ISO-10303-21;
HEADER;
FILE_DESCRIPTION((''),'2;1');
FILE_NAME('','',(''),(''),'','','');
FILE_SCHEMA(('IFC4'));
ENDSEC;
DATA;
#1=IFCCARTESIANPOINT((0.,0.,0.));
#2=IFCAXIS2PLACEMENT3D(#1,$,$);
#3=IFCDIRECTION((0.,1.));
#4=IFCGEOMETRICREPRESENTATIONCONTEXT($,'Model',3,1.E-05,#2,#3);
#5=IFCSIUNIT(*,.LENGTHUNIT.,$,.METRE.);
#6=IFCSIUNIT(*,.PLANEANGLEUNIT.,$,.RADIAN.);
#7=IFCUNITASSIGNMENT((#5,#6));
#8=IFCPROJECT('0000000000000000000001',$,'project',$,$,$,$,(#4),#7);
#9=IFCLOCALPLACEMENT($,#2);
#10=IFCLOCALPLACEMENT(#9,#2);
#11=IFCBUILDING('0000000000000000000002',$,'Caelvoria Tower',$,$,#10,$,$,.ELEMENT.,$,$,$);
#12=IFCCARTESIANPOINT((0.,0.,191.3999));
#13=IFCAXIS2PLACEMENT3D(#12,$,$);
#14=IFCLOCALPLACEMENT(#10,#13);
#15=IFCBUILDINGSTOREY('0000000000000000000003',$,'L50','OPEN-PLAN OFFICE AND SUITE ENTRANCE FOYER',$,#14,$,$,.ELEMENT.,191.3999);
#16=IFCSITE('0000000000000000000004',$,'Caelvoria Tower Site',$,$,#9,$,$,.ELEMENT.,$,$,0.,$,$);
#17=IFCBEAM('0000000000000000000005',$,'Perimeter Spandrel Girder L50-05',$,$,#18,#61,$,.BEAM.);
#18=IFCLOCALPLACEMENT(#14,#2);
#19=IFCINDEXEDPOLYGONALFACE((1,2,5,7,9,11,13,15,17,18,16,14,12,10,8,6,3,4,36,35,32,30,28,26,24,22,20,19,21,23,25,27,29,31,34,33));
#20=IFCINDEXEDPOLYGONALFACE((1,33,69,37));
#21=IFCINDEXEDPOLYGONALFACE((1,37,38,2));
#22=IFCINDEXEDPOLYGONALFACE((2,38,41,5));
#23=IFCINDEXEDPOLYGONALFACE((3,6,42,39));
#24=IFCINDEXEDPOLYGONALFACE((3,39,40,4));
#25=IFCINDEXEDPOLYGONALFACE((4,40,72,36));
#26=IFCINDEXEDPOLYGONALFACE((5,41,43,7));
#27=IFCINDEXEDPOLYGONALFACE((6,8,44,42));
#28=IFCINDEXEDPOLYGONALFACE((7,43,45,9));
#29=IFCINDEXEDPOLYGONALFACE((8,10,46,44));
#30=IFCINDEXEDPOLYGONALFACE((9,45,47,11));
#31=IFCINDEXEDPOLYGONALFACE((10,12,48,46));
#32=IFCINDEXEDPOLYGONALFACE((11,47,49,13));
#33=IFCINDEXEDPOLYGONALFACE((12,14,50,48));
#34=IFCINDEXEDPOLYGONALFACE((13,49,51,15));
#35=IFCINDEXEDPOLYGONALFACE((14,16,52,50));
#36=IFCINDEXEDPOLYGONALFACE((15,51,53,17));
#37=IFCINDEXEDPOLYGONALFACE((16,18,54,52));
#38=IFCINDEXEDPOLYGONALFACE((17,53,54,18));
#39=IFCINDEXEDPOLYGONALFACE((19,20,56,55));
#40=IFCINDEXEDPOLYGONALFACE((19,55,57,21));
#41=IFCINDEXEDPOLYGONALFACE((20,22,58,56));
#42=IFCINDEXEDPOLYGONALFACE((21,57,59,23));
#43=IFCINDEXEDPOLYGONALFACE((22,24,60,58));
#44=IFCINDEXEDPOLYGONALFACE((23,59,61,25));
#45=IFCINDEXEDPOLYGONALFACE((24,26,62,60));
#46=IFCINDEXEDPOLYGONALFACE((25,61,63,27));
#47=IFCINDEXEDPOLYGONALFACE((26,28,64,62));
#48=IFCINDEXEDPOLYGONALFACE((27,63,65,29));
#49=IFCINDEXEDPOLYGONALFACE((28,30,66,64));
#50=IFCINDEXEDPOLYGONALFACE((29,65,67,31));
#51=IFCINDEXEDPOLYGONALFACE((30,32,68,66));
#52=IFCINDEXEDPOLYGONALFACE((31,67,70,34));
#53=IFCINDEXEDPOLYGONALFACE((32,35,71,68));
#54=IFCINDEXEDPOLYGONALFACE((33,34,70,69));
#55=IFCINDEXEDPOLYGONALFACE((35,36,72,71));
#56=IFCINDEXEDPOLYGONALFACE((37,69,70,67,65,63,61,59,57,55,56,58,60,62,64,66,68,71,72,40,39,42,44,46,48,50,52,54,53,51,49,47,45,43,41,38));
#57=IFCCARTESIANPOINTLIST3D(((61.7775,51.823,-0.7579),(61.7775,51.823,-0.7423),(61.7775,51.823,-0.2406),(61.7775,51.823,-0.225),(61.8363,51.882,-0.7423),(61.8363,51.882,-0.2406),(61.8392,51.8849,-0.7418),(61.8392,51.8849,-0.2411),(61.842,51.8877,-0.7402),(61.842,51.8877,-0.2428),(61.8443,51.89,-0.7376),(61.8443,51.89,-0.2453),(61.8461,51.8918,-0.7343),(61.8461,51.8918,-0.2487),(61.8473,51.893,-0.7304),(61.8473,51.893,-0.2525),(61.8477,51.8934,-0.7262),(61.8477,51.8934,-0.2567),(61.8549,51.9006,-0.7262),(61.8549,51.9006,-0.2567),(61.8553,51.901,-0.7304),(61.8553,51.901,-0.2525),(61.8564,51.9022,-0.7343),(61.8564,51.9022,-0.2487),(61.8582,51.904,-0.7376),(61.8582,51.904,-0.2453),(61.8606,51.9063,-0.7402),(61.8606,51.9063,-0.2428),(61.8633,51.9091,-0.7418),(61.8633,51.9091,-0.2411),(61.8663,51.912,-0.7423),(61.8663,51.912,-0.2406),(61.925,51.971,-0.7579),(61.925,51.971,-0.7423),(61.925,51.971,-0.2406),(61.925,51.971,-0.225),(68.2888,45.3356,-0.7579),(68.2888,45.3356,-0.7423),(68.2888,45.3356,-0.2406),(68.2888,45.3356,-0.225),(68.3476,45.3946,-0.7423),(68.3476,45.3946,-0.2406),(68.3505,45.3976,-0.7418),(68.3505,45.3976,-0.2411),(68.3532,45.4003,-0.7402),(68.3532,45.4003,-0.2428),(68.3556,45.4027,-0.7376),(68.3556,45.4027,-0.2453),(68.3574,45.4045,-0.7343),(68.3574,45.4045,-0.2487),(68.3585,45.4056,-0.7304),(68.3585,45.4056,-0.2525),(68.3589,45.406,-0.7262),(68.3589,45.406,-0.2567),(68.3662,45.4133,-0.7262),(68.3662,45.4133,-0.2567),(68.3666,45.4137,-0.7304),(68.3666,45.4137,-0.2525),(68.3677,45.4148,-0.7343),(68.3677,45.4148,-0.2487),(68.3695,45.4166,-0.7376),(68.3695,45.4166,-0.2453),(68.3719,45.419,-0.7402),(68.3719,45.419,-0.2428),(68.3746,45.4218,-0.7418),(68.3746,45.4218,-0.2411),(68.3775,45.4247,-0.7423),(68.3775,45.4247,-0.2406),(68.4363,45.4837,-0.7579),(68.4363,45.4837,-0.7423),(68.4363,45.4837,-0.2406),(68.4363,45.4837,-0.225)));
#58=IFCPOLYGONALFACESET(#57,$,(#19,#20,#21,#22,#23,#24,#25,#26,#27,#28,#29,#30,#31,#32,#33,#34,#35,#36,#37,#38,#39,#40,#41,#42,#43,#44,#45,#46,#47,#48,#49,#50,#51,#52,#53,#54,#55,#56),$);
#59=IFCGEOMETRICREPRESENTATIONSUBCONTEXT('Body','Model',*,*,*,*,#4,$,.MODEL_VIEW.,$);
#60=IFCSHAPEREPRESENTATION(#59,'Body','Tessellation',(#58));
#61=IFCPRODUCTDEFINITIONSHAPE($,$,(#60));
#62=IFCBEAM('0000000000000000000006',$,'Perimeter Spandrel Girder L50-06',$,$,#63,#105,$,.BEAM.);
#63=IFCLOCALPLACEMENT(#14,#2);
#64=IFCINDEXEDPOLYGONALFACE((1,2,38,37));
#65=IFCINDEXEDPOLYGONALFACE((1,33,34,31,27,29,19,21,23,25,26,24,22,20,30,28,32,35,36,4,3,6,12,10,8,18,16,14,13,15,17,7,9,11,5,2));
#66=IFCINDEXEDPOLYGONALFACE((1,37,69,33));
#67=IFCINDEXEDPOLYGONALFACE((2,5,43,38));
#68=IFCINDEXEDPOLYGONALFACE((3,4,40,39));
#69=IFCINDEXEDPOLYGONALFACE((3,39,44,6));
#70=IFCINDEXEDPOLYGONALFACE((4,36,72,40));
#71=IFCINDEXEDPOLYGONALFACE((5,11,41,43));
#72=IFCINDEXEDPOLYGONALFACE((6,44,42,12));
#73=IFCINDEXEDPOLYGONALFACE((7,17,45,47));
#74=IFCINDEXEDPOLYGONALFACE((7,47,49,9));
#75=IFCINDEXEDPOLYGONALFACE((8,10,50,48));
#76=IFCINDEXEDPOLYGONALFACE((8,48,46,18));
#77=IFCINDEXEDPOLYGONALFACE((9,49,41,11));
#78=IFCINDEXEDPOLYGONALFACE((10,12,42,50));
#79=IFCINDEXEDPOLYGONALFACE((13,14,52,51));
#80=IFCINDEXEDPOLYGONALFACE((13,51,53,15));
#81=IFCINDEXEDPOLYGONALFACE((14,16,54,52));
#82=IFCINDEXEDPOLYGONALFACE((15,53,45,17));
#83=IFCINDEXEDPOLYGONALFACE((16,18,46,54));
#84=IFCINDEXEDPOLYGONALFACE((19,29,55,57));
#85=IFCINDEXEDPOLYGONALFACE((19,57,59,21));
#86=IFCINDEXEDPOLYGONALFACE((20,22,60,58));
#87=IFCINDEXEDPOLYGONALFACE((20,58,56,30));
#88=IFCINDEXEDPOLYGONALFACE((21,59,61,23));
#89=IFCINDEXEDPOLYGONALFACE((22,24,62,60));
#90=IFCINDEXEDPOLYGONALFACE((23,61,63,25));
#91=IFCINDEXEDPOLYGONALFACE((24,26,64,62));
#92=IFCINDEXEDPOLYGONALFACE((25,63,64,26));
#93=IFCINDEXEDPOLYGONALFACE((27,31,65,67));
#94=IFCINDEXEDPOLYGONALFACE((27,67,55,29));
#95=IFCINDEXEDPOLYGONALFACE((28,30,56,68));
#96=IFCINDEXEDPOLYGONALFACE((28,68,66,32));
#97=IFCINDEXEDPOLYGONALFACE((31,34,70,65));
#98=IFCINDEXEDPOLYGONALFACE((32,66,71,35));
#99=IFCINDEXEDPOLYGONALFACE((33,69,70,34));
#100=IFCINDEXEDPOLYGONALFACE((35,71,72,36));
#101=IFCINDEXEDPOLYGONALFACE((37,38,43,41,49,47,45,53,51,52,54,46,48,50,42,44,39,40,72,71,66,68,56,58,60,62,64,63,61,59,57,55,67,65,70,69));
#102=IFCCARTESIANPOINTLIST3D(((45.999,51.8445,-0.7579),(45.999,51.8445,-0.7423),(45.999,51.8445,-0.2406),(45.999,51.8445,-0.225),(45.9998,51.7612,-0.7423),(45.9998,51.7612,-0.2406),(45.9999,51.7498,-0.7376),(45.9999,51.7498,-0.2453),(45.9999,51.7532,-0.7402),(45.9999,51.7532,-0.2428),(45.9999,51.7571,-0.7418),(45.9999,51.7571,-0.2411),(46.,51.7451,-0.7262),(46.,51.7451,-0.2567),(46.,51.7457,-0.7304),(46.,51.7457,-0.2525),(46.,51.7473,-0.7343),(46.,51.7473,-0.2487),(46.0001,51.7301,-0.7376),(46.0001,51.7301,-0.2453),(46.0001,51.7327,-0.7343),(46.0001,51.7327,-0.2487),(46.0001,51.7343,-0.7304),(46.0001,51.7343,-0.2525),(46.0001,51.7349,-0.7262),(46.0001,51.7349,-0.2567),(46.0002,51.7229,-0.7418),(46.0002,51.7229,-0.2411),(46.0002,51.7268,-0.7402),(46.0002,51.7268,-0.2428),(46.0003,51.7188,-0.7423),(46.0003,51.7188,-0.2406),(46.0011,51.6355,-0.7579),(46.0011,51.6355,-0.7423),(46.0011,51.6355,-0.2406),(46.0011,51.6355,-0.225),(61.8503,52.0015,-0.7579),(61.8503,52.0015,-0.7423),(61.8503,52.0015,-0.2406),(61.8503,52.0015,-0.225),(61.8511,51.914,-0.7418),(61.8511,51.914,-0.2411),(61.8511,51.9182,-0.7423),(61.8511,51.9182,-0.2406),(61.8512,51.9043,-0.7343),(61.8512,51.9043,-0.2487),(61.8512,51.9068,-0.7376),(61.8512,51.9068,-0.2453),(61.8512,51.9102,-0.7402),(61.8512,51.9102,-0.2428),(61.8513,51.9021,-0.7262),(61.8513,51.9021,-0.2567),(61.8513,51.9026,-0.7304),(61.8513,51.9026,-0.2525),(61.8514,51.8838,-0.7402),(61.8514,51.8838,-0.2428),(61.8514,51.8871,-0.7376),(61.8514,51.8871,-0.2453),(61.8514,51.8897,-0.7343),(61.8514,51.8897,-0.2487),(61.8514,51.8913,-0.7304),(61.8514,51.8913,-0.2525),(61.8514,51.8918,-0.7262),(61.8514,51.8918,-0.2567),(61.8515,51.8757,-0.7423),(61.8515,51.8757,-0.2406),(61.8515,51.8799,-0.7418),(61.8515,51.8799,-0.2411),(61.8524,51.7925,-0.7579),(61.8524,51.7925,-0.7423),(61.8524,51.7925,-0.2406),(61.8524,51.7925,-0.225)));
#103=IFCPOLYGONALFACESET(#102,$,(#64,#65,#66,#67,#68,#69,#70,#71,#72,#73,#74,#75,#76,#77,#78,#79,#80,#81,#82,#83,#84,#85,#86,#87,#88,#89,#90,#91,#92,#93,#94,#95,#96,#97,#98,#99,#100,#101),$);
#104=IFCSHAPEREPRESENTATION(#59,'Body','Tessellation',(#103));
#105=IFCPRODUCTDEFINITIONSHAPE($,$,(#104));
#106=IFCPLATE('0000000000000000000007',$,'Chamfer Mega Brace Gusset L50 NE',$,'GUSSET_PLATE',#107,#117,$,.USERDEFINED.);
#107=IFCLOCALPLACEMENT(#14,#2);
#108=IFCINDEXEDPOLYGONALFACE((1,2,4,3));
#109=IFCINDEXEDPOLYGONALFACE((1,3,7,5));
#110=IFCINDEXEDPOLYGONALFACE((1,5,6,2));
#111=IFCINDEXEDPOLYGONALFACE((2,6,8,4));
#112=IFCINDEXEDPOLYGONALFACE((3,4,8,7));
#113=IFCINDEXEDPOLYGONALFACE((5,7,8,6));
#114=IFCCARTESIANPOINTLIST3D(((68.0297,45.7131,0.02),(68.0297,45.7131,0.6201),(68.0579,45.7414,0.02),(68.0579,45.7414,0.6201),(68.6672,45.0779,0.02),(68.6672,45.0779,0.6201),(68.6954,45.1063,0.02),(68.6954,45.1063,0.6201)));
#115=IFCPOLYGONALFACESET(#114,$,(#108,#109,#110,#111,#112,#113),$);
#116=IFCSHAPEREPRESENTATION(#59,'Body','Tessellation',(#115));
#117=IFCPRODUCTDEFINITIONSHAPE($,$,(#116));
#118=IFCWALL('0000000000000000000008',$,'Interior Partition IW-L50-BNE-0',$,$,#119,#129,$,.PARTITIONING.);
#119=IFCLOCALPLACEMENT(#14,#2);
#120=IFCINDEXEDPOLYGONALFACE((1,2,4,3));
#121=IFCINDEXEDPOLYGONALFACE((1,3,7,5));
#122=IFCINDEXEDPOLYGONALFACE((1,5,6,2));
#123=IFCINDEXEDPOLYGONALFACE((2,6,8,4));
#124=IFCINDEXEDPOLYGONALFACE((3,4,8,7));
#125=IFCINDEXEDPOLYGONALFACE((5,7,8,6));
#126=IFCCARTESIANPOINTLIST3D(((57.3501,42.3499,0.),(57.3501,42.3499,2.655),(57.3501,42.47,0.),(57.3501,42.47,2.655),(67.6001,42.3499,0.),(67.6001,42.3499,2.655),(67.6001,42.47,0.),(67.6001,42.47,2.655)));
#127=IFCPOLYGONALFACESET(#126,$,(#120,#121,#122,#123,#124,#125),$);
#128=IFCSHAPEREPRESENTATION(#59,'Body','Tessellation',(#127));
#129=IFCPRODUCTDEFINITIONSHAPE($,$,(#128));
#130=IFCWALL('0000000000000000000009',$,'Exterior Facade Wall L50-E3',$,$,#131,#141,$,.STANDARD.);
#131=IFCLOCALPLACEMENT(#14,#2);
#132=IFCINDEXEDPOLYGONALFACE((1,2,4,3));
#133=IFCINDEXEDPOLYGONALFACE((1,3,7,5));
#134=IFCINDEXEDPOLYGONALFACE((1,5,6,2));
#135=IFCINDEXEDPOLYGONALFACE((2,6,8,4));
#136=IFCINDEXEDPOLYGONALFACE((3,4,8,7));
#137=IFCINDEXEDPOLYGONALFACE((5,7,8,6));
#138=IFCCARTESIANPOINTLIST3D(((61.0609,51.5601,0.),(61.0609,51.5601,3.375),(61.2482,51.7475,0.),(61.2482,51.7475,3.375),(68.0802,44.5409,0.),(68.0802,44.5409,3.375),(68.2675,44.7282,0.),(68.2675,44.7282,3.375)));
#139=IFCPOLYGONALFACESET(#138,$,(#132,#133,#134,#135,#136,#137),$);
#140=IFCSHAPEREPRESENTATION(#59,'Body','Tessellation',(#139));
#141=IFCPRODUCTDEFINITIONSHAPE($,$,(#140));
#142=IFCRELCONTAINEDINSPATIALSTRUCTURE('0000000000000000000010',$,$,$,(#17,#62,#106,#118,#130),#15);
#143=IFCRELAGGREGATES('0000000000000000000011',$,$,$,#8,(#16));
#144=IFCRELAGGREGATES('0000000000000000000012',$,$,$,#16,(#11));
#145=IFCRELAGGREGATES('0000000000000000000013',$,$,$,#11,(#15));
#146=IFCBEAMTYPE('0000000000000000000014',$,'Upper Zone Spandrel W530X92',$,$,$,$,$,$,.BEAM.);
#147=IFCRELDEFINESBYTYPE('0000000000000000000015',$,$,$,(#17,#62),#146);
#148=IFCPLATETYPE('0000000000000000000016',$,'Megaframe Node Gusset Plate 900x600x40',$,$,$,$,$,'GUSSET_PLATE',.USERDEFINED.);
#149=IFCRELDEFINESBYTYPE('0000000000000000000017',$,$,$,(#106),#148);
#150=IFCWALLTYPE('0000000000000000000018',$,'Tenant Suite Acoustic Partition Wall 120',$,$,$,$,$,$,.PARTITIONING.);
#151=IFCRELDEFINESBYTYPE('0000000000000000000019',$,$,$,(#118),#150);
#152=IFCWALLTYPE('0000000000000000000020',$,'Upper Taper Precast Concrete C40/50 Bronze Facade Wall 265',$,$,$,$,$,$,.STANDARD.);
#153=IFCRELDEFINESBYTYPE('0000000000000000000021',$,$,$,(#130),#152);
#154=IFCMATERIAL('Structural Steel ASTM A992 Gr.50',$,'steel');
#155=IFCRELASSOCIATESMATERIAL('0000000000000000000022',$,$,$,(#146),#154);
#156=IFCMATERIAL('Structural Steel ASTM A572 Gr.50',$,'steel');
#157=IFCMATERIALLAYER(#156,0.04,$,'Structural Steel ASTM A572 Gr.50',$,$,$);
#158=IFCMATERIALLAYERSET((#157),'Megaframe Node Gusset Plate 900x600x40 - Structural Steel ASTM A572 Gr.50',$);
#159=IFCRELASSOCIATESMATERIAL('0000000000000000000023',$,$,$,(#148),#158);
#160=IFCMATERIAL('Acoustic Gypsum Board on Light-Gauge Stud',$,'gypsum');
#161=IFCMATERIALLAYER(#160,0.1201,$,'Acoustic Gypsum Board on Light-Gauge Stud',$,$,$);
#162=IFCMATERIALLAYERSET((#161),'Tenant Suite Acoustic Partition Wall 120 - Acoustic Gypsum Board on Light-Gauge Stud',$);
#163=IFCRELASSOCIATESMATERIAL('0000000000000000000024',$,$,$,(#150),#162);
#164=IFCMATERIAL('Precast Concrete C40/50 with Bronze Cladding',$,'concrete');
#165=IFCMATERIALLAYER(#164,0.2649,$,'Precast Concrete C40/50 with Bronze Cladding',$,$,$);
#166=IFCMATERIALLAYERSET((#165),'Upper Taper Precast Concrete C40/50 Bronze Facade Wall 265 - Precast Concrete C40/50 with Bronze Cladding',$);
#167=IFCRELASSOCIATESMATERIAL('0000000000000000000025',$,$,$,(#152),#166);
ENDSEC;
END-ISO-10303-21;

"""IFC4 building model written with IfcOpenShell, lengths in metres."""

from ifc_helpers import new_model, si_unit, direction, frame, frame_2d, origin, origin_2d, place, context, subcontext, project, spatial, rectangle, i_section, extrude, material, layer, layer_set, material_profile, profile_set, type_object, element, save


model = new_model("IFC4")

# Units and contexts
model_context = context("Model", 3, precision=1e-05, world=origin(), true_north=direction((0.0, 1.0)))
body_context = subcontext(model_context, "Body", "Model", "MODEL_VIEW")
ifc_project = project(units=[si_unit("LENGTHUNIT", "METRE"), si_unit("PLANEANGLEUNIT", "RADIAN")], contexts=[model_context])

# Site, building, storey
site_placement = place(None, origin())
site = spatial("IfcSite", under=ifc_project, at=site_placement, Name="Caelvoria Tower Site", CompositionType="ELEMENT", RefElevation=0.0)
building_placement = place(site_placement, origin())
building = spatial("IfcBuilding", under=site, at=building_placement, Name="Caelvoria Tower", CompositionType="ELEMENT")
storey_placement = place(building_placement, frame((0.0, 0.0, 191.3999)))
storey = spatial("IfcBuildingStorey", under=building, at=storey_placement, Name="L50", Description="OPEN-PLAN OFFICE AND SUITE ENTRANCE FOYER", CompositionType="ELEMENT", Elevation=191.3999)

# Shared definitions
ifc_material_1 = material(Name="Structural Steel ASTM A572 Gr.50", Category="steel")
ifc_material_2 = material(Name="Structural Steel ASTM A992 Gr.50", Category="steel")

# Beams
ifc_material_profile_1 = material_profile(ifc_material_2, i_section(OverallWidth=0.209, OverallDepth=0.533, WebThickness=0.0103, FlangeThickness=0.0156, FilletRadius=0.0161, at=origin_2d()), Name="Structural Steel ASTM A992 Gr.50")
ifc_profile_set_1 = profile_set([ifc_material_profile_1], Name="W530X92 - Structural Steel ASTM A992 Gr.50")
beam_type_1 = type_object("IfcBeamType", Name="Upper Zone Spandrel W530X92", PredefinedType="BEAM", material=ifc_profile_set_1)
beam_1_placement = place(storey_placement, frame((68.3625, 45.4097, -0.4915), z_axis=(-0.708407, 0.705804, 0.0), x_axis=(-0.705804, -0.708407, 0.0)))
element("IfcBeam", 1, at=beam_1_placement, inside=storey, type_object=beam_type_1, Name="Perimeter Spandrel Girder L50-05", PredefinedType="BEAM", context=body_context, shape_type="SweptSolid", body=[
    extrude(i_section(OverallWidth=0.209, OverallDepth=0.533, WebThickness=0.0103, FlangeThickness=0.0156, FilletRadius=0.0161, at=origin_2d()), origin(), (0.0, 0.0, 1.0), 9.1914),
])
beam_2_placement = place(storey_placement, frame((61.8513, 51.897, -0.4915), z_axis=(-0.999951, -0.009903, 0.0), x_axis=(0.009903, -0.999951, 0.0)))
element("IfcBeam", 2, at=beam_2_placement, inside=storey, type_object=beam_type_1, Name="Perimeter Spandrel Girder L50-06", PredefinedType="BEAM", context=body_context, shape_type="SweptSolid", body=[
    extrude(i_section(OverallWidth=0.209, OverallDepth=0.533, WebThickness=0.0103, FlangeThickness=0.0156, FilletRadius=0.0161, at=origin_2d()), origin(), (0.0, 0.0, 1.0), 15.8521),
])

# Plate
ifc_layer_1 = layer(ifc_material_1, 0.04, Name="Structural Steel ASTM A572 Gr.50")
ifc_layer_set_1 = layer_set([ifc_layer_1], Name="Megaframe Node Gusset Plate 900x600x40 - Structural Steel ASTM A572 Gr.50")
plate_type = type_object("IfcPlateType", Name="Megaframe Node Gusset Plate 900x600x40", ElementType="GUSSET_PLATE", PredefinedType="USERDEFINED", material=ifc_layer_set_1)
plate_placement = place(storey_placement, frame((68.3625, 45.4097, 0.02), z_axis=(0.0, 0.0, 1.0), x_axis=(-0.708405, 0.705806, 0.0)))
element("IfcPlate", 3, at=plate_placement, inside=storey, type_object=plate_type, Name="Chamfer Mega Brace Gusset L50 NE", ObjectType="GUSSET_PLATE", PredefinedType="USERDEFINED", context=body_context, shape_type="SweptSolid", body=[
    extrude(rectangle(XDim=0.8999, YDim=0.04, at=origin_2d()), origin(), (0.0, 0.0, 1.0), 0.6001),
])

# Walls
ifc_material_3 = material(Name="Acoustic Gypsum Board on Light-Gauge Stud", Category="gypsum")
ifc_layer_2 = layer(ifc_material_3, 0.1201, Name="Acoustic Gypsum Board on Light-Gauge Stud")
ifc_layer_set_2 = layer_set([ifc_layer_2], Name="Tenant Suite Acoustic Partition Wall 120 - Acoustic Gypsum Board on Light-Gauge Stud")
wall_type_1 = type_object("IfcWallType", Name="Tenant Suite Acoustic Partition Wall 120", PredefinedType="PARTITIONING", material=ifc_layer_set_2)
wall_1_placement = place(storey_placement, frame((57.3501, 42.4099, 0.0), z_axis=(0.0, 0.0, 1.0), x_axis=(1.0, 0.0, 0.0)))
element("IfcWall", 4, at=wall_1_placement, inside=storey, type_object=wall_type_1, Name="Interior Partition IW-L50-BNE-0", PredefinedType="PARTITIONING", context=body_context, shape_type="SweptSolid", body=[
    extrude(rectangle(XDim=10.25, YDim=0.1201, at=frame_2d((5.125, 0.0))), origin(), (0.0, 0.0, 1.0), 2.655),
])
ifc_material_4 = material(Name="Precast Concrete C40/50 with Bronze Cladding", Category="concrete")
ifc_layer_3 = layer(ifc_material_4, 0.2649, Name="Precast Concrete C40/50 with Bronze Cladding")
ifc_layer_set_3 = layer_set([ifc_layer_3], Name="Upper Taper Precast Concrete C40/50 Bronze Facade Wall 265 - Precast Concrete C40/50 with Bronze Cladding")
wall_type_2 = type_object("IfcWallType", Name="Upper Taper Precast Concrete C40/50 Bronze Facade Wall 265", PredefinedType="STANDARD", material=ifc_layer_set_3)
wall_2_placement = place(storey_placement, frame((68.1738, 44.6345, 0.0), z_axis=(0.0, 0.0, 1.0), x_axis=(-0.707107, 0.707107, 0.0)))
element("IfcWall", 5, at=wall_2_placement, inside=storey, type_object=wall_type_2, Name="Exterior Facade Wall L50-E3", PredefinedType="STANDARD", context=body_context, shape_type="SweptSolid", body=[
    extrude(rectangle(XDim=9.9268, YDim=0.2649, at=frame_2d((4.9634, 0.0))), origin(), (0.0, 0.0, 1.0), 3.375),
])

save(model, "model.ifc")
